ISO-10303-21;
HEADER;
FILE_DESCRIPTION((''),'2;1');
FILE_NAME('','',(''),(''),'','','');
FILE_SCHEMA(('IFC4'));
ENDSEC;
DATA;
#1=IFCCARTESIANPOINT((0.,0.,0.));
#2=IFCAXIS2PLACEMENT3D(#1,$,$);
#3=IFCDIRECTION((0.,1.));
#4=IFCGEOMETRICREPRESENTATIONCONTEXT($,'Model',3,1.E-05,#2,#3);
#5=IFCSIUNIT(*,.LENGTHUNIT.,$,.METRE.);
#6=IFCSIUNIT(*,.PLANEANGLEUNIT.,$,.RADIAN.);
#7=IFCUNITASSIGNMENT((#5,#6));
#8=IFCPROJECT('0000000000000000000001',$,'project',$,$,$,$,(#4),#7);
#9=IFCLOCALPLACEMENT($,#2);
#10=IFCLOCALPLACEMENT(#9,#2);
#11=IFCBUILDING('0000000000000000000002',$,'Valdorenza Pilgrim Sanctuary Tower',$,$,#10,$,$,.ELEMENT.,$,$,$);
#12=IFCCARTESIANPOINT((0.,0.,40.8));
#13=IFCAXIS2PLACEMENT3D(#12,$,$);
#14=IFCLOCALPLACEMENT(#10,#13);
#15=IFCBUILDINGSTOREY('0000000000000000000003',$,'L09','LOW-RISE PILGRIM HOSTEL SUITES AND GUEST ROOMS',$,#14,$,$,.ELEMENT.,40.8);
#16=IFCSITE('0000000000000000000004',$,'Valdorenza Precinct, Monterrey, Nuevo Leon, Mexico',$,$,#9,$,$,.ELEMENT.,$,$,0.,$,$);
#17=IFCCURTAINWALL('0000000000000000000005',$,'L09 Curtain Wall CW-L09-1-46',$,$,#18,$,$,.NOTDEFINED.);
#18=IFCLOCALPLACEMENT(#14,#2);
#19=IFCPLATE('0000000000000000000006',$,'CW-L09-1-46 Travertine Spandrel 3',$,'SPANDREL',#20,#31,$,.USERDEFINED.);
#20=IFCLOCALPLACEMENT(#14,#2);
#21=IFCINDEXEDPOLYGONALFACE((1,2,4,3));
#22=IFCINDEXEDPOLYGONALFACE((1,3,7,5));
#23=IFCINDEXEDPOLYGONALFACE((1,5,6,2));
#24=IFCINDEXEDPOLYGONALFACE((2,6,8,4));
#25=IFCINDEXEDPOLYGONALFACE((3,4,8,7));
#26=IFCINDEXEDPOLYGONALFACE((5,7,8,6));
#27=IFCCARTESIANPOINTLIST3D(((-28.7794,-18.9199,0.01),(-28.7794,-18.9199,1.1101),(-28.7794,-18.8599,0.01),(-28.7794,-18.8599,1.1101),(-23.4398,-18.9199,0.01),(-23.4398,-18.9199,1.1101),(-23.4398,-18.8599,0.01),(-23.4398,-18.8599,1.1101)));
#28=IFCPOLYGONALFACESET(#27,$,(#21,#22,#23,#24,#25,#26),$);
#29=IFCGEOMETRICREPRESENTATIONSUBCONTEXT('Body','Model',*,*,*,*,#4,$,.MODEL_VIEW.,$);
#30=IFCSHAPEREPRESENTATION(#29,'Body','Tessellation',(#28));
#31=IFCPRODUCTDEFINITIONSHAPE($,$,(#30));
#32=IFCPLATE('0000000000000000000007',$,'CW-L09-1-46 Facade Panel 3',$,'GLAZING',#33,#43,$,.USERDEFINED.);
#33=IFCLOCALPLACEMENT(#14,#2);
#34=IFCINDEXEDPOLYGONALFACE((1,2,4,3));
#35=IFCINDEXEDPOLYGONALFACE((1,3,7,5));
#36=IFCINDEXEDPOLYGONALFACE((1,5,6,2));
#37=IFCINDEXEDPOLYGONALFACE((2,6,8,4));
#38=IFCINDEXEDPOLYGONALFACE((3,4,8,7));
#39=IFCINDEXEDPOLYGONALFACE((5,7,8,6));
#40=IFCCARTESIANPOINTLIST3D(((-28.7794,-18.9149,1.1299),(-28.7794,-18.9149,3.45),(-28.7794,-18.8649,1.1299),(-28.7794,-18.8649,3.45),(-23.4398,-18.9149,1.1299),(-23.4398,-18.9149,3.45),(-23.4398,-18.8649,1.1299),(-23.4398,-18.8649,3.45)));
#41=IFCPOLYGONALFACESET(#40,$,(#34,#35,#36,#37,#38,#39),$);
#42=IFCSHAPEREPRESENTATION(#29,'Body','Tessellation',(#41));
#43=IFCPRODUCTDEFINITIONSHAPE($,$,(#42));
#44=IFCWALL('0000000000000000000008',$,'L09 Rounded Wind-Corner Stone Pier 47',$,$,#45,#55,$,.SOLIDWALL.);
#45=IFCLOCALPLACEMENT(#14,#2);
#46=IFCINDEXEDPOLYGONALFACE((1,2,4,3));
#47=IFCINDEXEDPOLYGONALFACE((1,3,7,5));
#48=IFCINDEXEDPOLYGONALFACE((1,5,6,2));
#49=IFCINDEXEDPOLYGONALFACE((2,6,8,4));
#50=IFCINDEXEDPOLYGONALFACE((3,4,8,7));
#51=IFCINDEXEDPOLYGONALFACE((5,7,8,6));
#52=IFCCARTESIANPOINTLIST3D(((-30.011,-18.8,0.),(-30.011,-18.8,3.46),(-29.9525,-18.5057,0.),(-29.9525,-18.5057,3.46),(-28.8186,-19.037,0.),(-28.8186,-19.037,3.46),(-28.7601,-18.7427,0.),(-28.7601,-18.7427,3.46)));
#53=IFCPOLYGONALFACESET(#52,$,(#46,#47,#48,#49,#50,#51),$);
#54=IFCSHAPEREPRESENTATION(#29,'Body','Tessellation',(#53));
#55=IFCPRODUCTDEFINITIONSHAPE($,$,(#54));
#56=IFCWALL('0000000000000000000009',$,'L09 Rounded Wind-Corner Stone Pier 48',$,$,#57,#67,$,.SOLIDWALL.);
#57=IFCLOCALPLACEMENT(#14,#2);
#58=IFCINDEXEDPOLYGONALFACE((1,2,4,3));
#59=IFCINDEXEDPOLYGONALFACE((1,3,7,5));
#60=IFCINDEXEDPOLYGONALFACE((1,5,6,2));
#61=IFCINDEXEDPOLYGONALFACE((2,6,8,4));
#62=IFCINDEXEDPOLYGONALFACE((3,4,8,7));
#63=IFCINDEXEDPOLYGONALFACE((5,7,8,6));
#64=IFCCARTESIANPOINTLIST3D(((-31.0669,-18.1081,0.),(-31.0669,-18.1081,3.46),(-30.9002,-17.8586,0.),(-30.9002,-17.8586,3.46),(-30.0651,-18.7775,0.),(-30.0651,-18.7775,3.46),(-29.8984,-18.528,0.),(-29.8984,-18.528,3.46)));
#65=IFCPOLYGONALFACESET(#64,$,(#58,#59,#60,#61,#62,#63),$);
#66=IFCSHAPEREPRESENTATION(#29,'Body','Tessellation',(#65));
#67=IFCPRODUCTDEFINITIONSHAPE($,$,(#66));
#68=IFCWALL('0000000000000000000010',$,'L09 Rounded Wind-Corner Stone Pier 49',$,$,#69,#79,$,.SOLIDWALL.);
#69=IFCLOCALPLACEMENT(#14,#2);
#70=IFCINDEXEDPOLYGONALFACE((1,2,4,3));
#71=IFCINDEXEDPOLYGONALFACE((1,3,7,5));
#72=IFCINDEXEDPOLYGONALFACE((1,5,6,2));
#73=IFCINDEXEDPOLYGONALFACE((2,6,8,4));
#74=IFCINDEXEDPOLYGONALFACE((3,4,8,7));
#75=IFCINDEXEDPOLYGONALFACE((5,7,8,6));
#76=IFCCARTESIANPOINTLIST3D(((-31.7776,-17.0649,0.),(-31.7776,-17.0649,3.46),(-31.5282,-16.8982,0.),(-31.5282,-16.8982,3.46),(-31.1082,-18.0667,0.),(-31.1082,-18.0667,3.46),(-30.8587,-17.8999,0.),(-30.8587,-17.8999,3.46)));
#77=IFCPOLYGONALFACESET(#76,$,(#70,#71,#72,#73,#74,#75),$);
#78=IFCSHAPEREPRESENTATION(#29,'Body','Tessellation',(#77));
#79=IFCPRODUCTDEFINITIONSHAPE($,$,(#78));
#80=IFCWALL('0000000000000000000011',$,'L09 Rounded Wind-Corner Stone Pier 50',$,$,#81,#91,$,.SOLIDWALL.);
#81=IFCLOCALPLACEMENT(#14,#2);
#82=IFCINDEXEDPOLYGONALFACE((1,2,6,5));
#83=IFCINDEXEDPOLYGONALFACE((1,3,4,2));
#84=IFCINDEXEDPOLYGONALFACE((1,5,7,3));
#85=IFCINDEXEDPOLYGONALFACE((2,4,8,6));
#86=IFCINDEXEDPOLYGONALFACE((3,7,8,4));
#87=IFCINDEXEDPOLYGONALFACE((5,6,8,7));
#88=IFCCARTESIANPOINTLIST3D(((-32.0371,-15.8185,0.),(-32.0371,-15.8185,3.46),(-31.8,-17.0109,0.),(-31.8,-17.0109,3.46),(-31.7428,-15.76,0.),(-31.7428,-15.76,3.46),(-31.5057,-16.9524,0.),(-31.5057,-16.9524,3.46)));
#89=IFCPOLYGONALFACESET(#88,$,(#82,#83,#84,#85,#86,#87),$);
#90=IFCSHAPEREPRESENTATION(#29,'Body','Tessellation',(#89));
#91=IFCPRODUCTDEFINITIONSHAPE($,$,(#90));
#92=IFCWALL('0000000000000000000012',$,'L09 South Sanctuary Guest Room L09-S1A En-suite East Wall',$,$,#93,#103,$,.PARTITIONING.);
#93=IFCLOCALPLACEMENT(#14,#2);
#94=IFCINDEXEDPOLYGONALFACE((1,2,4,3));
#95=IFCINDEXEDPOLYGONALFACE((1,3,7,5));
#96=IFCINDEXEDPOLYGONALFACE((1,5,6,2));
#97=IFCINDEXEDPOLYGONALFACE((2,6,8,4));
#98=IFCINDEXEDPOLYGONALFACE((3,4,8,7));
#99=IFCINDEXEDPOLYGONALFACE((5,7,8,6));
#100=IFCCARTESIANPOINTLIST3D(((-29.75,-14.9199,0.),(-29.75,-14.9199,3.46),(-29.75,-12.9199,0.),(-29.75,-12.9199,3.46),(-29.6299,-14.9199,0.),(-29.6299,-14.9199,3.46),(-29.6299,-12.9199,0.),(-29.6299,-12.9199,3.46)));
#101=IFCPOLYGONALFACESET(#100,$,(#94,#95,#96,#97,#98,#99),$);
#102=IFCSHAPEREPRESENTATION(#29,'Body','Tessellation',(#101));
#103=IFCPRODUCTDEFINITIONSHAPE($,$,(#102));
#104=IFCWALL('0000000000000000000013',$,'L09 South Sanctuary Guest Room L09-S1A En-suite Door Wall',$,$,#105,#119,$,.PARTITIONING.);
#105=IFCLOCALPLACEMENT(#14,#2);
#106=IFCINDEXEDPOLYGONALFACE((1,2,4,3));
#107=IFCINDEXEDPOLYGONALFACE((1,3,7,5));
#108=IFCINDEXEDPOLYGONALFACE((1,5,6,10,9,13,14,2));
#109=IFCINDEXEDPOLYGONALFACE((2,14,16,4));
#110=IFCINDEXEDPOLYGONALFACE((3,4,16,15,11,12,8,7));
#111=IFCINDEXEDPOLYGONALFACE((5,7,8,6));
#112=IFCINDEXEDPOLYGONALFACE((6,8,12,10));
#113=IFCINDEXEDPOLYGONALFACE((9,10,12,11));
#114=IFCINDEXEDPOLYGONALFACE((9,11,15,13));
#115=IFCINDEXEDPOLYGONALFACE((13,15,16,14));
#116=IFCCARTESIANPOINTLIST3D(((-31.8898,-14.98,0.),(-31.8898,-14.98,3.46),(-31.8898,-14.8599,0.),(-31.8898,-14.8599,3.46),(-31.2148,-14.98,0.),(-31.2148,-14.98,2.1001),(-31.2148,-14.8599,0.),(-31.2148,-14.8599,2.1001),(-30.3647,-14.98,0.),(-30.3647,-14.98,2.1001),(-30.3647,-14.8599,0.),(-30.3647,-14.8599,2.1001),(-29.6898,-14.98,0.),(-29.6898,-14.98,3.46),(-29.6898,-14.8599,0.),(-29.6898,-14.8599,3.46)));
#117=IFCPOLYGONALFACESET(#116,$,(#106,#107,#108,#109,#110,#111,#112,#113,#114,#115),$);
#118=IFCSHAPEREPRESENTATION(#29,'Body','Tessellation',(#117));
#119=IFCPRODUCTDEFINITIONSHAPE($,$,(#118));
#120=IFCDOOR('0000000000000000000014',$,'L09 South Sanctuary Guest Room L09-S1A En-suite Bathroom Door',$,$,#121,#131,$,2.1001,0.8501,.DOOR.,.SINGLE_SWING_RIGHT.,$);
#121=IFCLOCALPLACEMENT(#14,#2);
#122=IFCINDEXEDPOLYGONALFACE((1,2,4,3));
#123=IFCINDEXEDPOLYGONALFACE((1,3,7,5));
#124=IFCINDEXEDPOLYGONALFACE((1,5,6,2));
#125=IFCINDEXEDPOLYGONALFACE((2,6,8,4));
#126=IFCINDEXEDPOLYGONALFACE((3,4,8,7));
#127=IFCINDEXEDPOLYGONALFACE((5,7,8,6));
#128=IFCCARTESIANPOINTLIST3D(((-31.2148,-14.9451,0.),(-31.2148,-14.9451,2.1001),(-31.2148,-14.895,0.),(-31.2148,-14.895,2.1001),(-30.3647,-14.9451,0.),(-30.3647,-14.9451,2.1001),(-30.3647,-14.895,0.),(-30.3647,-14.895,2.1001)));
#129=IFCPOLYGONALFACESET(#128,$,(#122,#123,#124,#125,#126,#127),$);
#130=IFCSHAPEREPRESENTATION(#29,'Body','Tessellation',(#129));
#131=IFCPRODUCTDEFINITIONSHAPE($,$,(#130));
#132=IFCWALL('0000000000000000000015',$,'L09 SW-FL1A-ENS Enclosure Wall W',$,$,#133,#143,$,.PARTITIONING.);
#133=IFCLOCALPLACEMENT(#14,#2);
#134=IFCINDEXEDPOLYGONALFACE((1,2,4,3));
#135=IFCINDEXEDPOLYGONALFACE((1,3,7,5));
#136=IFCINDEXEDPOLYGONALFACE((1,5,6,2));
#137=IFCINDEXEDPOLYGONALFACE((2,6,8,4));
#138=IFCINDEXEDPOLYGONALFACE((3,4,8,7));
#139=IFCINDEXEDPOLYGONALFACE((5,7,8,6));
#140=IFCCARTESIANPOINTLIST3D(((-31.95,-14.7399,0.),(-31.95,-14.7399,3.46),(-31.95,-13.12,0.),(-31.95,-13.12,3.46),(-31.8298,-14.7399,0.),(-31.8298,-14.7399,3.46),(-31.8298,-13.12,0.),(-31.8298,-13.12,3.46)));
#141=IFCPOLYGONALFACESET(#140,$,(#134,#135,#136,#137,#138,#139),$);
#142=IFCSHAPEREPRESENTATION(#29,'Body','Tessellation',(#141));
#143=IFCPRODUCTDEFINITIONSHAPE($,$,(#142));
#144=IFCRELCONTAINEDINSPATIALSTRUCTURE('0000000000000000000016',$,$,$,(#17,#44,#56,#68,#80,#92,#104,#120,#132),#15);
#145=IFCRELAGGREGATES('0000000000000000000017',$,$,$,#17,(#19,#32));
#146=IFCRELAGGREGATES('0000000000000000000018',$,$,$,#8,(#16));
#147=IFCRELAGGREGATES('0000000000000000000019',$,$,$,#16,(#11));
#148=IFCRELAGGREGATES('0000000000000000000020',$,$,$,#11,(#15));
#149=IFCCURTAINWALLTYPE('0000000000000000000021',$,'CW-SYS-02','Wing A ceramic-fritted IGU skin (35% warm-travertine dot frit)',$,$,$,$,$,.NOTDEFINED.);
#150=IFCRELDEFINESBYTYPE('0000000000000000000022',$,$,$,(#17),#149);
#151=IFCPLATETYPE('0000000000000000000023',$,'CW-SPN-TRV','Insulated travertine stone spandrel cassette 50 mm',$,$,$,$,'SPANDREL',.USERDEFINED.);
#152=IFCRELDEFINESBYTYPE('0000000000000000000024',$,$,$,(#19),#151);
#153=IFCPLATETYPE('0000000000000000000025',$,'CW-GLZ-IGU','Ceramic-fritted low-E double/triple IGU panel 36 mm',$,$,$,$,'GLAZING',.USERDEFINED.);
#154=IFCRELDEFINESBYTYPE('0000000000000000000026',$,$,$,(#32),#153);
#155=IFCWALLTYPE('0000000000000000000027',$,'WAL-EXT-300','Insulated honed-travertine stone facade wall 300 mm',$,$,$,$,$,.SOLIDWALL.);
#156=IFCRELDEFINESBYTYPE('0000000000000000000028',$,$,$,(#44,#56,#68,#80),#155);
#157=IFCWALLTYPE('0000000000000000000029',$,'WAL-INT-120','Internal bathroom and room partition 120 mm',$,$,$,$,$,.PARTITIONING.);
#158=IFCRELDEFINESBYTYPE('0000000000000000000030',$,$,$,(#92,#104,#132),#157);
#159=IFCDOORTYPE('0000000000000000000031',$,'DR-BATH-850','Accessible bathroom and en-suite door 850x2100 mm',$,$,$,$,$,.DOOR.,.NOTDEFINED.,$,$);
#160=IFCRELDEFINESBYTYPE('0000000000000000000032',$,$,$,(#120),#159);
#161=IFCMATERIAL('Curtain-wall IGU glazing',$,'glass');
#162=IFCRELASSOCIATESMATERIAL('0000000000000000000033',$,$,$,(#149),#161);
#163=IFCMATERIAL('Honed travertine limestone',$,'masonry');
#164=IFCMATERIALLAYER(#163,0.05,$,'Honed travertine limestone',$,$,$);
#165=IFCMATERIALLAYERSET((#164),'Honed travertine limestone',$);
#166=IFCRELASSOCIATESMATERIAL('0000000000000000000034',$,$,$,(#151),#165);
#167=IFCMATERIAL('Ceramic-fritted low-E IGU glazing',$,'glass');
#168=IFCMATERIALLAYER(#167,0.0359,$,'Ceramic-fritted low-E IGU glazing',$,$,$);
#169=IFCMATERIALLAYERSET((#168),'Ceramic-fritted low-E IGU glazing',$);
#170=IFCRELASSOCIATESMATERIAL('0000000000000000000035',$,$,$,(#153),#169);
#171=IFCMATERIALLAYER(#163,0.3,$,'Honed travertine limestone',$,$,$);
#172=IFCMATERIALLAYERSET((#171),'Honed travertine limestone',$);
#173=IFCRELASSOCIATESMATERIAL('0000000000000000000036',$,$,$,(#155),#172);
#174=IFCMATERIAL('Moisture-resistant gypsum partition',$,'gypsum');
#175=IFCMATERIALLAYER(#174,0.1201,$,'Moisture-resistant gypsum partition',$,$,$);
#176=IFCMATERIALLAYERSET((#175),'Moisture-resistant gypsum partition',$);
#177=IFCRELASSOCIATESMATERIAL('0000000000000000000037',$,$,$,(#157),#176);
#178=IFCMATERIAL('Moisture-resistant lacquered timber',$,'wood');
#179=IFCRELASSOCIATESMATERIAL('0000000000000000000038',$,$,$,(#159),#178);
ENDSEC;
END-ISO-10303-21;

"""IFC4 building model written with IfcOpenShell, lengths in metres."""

from ifc_helpers import new_model, si_unit, direction, frame, frame_2d, origin, origin_2d, place, context, subcontext, project, spatial, rectangle, extrude, source, transform, mapped, material, layer, layer_set, type_object, element, fill, aggregate, save


model = new_model("IFC4")

# Units and contexts
model_context = context("Model", 3, precision=1e-05, world=origin(), true_north=direction((0.0, 1.0)))
body_context = subcontext(model_context, "Body", "Model", "MODEL_VIEW")
ifc_project = project(units=[si_unit("LENGTHUNIT", "METRE"), si_unit("PLANEANGLEUNIT", "RADIAN")], contexts=[model_context])

# Site, building, storey
site_placement = place(None, origin())
site = spatial("IfcSite", under=ifc_project, at=site_placement, Name="Valdorenza Precinct, Monterrey, Nuevo Leon, Mexico", CompositionType="ELEMENT", RefElevation=0.0)
building_placement = place(site_placement, origin())
building = spatial("IfcBuilding", under=site, at=building_placement, Name="Valdorenza Pilgrim Sanctuary Tower", CompositionType="ELEMENT")
storey_placement = place(building_placement, frame((0.0, 0.0, 40.8)))
storey = spatial("IfcBuildingStorey", under=building, at=storey_placement, Name="L09", Description="LOW-RISE PILGRIM HOSTEL SUITES AND GUEST ROOMS", CompositionType="ELEMENT", Elevation=40.8)

# Shared definitions
ifc_material_1 = material(Name="Curtain-wall IGU glazing", Category="glass")
curtain_wall_type = type_object("IfcCurtainWallType", Name="CW-SYS-02", Description="Wing A ceramic-fritted IGU skin (35% warm-travertine dot frit)", PredefinedType="NOTDEFINED", material=ifc_material_1)

# Curtain wall
curtain_wall_1_placement = place(storey_placement, origin())
curtain_wall_1 = element("IfcCurtainWall", 1, at=curtain_wall_1_placement, inside=storey, type_object=curtain_wall_type, Name="L09 Curtain Wall CW-L09-1-46", PredefinedType="NOTDEFINED")

# Plates
ifc_material_2 = material(Name="Honed travertine limestone", Category="masonry")
ifc_layer_1 = layer(ifc_material_2, 0.05, Name="Honed travertine limestone")
ifc_layer_set_1 = layer_set([ifc_layer_1], Name="Honed travertine limestone")
plate_type_1 = type_object("IfcPlateType", Name="CW-SPN-TRV", Description="Insulated travertine stone spandrel cassette 50 mm", ElementType="SPANDREL", PredefinedType="USERDEFINED", material=ifc_layer_set_1)
shared_shape_1 = source(origin(), body_context, "Body", "SweptSolid", [
    extrude(rectangle(XDim=5.3396, YDim=0.0601, at=origin_2d()), origin(), (0.0, 0.0, 1.0), 1.1001),
])
plate_1_placement = place(storey_placement, frame((-26.1096, -18.8899, 0.01), z_axis=(0.0, 0.0, 1.0), x_axis=(-1.0, 0.0, 0.0)))
plate_1 = element("IfcPlate", 2, at=plate_1_placement, type_object=plate_type_1, Name="CW-L09-1-46 Travertine Spandrel 3", ObjectType="SPANDREL", PredefinedType="USERDEFINED", context=body_context, shape_type="MappedRepresentation", body=[
    mapped(shared_shape_1, transform((0.0, 0.0, 0.0), x_axis=(1.0, 0.0, 0.0), y_axis=(0.0, 1.0, 0.0), z_axis=(0.0, 0.0, 1.0), scale=1.0)),
])
ifc_material_3 = material(Name="Ceramic-fritted low-E IGU glazing", Category="glass")
ifc_layer_2 = layer(ifc_material_3, 0.0359, Name="Ceramic-fritted low-E IGU glazing")
ifc_layer_set_2 = layer_set([ifc_layer_2], Name="Ceramic-fritted low-E IGU glazing")
plate_type_2 = type_object("IfcPlateType", Name="CW-GLZ-IGU", Description="Ceramic-fritted low-E double/triple IGU panel 36 mm", ElementType="GLAZING", PredefinedType="USERDEFINED", material=ifc_layer_set_2)
shared_shape_2 = source(origin(), body_context, "Body", "SweptSolid", [
    extrude(rectangle(XDim=5.3396, YDim=0.05, at=origin_2d()), origin(), (0.0, 0.0, 1.0), 2.3201),
])
plate_2_placement = place(storey_placement, frame((-26.1096, -18.8899, 1.1299), z_axis=(0.0, 0.0, 1.0), x_axis=(-1.0, 0.0, 0.0)))
plate_2 = element("IfcPlate", 3, at=plate_2_placement, type_object=plate_type_2, Name="CW-L09-1-46 Facade Panel 3", ObjectType="GLAZING", PredefinedType="USERDEFINED", context=body_context, shape_type="MappedRepresentation", body=[
    mapped(shared_shape_2, transform((0.0, 0.0, 0.0), x_axis=(1.0, 0.0, 0.0), y_axis=(0.0, 1.0, 0.0), z_axis=(0.0, 0.0, 1.0), scale=1.0)),
])
aggregate(curtain_wall_1, [plate_1, plate_2])

# Walls
ifc_layer_3 = layer(ifc_material_2, 0.3, Name="Honed travertine limestone")
ifc_layer_set_3 = layer_set([ifc_layer_3], Name="Honed travertine limestone")
wall_type_1 = type_object("IfcWallType", Name="WAL-EXT-300", Description="Insulated honed-travertine stone facade wall 300 mm", PredefinedType="SOLIDWALL", material=ifc_layer_set_3)
wall_1_placement = place(storey_placement, frame((-28.7893, -18.8899, 0.0), z_axis=(0.0, 0.0, 1.0), x_axis=(-0.980804, 0.194996, 0.0)))
element("IfcWall", 4, at=wall_1_placement, inside=storey, type_object=wall_type_1, Name="L09 Rounded Wind-Corner Stone Pier 47", PredefinedType="SOLIDWALL", context=body_context, shape_type="SweptSolid", body=[
    extrude(rectangle(XDim=1.2158, YDim=0.3, at=frame_2d((0.6079, 0.0))), origin(), (0.0, 0.0, 1.0), 3.46),
])
for number, where, z_axis, x_axis, name in (
    (5, (-29.9817, -18.6528, 0.0), (0.0, 0.0, 1.0), (-0.831426, 0.555635, 0.0), "L09 Rounded Wind-Corner Stone Pier 48"),
    (6, (-30.9834, -17.9834, 0.0), (0.0, 0.0, 1.0), (-0.555635, 0.831426, 0.0), "L09 Rounded Wind-Corner Stone Pier 49"),
):
    element("IfcWall", number, at=place(storey_placement, frame(where, z_axis=z_axis, x_axis=x_axis)), inside=storey, type_object=wall_type_1, Name=name, PredefinedType="SOLIDWALL", context=body_context, shape_type="SweptSolid", body=[
        extrude(rectangle(XDim=1.2048, YDim=0.3, at=frame_2d((0.6025, 0.0))), origin(), (0.0, 0.0, 1.0), 3.46),
    ])
wall_2_placement = place(storey_placement, frame((-31.6528, -16.9817, 0.0), z_axis=(0.0, 0.0, 1.0), x_axis=(-0.194996, 0.980804, 0.0)))
element("IfcWall", 7, at=wall_2_placement, inside=storey, type_object=wall_type_1, Name="L09 Rounded Wind-Corner Stone Pier 50", PredefinedType="SOLIDWALL", context=body_context, shape_type="SweptSolid", body=[
    extrude(rectangle(XDim=1.2158, YDim=0.3, at=frame_2d((0.6079, 0.0))), origin(), (0.0, 0.0, 1.0), 3.46),
])
ifc_material_4 = material(Name="Moisture-resistant gypsum partition", Category="gypsum")
ifc_layer_4 = layer(ifc_material_4, 0.1201, Name="Moisture-resistant gypsum partition")
ifc_layer_set_4 = layer_set([ifc_layer_4], Name="Moisture-resistant gypsum partition")
wall_type_2 = type_object("IfcWallType", Name="WAL-INT-120", Description="Internal bathroom and room partition 120 mm", PredefinedType="PARTITIONING", material=ifc_layer_set_4)
wall_3_placement = place(storey_placement, frame((-29.6899, -14.9199, 0.0), z_axis=(0.0, 0.0, 1.0), x_axis=(0.0, 1.0, 0.0)))
element("IfcWall", 8, at=wall_3_placement, inside=storey, type_object=wall_type_2, Name="L09 South Sanctuary Guest Room L09-S1A En-suite East Wall", PredefinedType="PARTITIONING", context=body_context, shape_type="SweptSolid", body=[
    extrude(rectangle(XDim=2.0, YDim=0.1201, at=frame_2d((1.0, 0.0))), origin(), (0.0, 0.0, 1.0), 3.46),
])

# Wall, opening, door
wall_4_placement = place(storey_placement, frame((-31.8899, -14.9199, 0.0), z_axis=(0.0, 0.0, 1.0), x_axis=(1.0, 0.0, 0.0)))
wall_4 = element("IfcWall", 9, at=wall_4_placement, inside=storey, type_object=wall_type_2, Name="L09 South Sanctuary Guest Room L09-S1A En-suite Door Wall", PredefinedType="PARTITIONING", context=body_context, shape_type="SweptSolid", body=[
    extrude(rectangle(XDim=2.2, YDim=0.1201, at=frame_2d((1.1001, 0.0))), origin(), (0.0, 0.0, 1.0), 3.46),
])
opening_placement = place(wall_4_placement, frame((0.675, 0.0, 0.0)))
opening = element("IfcOpeningElement", 10, at=opening_placement, cuts=wall_4, PredefinedType="OPENING", context=body_context, shape_type="SweptSolid", body=[
    extrude(rectangle(XDim=0.8501, YDim=2.1001, at=frame_2d((0.425, 1.05))), frame((0.0, 0.075, 0.0), z_axis=(0.0, -1.0, 0.0), x_axis=(1.0, 0.0, 0.0)), (0.0, 0.0, 1.0), 0.1499),
])
ifc_material_5 = material(Name="Moisture-resistant lacquered timber", Category="wood")
door_type = type_object("IfcDoorType", Name="DR-BATH-850", Description="Accessible bathroom and en-suite door 850x2100 mm", OperationType="NOTDEFINED", PredefinedType="DOOR", material=ifc_material_5)
door_placement = place(opening_placement, origin())
door = element("IfcDoor", 11, at=door_placement, inside=storey, type_object=door_type, Name="L09 South Sanctuary Guest Room L09-S1A En-suite Bathroom Door", OperationType="SINGLE_SWING_RIGHT", OverallHeight=2.1001, OverallWidth=0.8501, PredefinedType="DOOR", context=body_context, shape_type="SweptSolid", body=[
    extrude(rectangle(XDim=0.8501, YDim=2.1001, at=frame_2d((0.425, 1.05))), frame((0.0, 0.0249, 0.0), z_axis=(0.0, -1.0, 0.0), x_axis=(1.0, 0.0, 0.0)), (0.0, 0.0, 1.0), 0.05),
])
fill(opening, door)

# Wall
wall_5_placement = place(storey_placement, frame((-31.8899, -14.74, 0.0), z_axis=(0.0, 0.0, 1.0), x_axis=(0.0, 1.0, 0.0)))
element("IfcWall", 12, at=wall_5_placement, inside=storey, type_object=wall_type_2, Name="L09 SW-FL1A-ENS Enclosure Wall W", PredefinedType="PARTITIONING", context=body_context, shape_type="SweptSolid", body=[
    extrude(rectangle(XDim=1.6199, YDim=0.1201, at=frame_2d((0.8101, 0.0))), origin(), (0.0, 0.0, 1.0), 3.46),
])

save(model, "model.ifc")
